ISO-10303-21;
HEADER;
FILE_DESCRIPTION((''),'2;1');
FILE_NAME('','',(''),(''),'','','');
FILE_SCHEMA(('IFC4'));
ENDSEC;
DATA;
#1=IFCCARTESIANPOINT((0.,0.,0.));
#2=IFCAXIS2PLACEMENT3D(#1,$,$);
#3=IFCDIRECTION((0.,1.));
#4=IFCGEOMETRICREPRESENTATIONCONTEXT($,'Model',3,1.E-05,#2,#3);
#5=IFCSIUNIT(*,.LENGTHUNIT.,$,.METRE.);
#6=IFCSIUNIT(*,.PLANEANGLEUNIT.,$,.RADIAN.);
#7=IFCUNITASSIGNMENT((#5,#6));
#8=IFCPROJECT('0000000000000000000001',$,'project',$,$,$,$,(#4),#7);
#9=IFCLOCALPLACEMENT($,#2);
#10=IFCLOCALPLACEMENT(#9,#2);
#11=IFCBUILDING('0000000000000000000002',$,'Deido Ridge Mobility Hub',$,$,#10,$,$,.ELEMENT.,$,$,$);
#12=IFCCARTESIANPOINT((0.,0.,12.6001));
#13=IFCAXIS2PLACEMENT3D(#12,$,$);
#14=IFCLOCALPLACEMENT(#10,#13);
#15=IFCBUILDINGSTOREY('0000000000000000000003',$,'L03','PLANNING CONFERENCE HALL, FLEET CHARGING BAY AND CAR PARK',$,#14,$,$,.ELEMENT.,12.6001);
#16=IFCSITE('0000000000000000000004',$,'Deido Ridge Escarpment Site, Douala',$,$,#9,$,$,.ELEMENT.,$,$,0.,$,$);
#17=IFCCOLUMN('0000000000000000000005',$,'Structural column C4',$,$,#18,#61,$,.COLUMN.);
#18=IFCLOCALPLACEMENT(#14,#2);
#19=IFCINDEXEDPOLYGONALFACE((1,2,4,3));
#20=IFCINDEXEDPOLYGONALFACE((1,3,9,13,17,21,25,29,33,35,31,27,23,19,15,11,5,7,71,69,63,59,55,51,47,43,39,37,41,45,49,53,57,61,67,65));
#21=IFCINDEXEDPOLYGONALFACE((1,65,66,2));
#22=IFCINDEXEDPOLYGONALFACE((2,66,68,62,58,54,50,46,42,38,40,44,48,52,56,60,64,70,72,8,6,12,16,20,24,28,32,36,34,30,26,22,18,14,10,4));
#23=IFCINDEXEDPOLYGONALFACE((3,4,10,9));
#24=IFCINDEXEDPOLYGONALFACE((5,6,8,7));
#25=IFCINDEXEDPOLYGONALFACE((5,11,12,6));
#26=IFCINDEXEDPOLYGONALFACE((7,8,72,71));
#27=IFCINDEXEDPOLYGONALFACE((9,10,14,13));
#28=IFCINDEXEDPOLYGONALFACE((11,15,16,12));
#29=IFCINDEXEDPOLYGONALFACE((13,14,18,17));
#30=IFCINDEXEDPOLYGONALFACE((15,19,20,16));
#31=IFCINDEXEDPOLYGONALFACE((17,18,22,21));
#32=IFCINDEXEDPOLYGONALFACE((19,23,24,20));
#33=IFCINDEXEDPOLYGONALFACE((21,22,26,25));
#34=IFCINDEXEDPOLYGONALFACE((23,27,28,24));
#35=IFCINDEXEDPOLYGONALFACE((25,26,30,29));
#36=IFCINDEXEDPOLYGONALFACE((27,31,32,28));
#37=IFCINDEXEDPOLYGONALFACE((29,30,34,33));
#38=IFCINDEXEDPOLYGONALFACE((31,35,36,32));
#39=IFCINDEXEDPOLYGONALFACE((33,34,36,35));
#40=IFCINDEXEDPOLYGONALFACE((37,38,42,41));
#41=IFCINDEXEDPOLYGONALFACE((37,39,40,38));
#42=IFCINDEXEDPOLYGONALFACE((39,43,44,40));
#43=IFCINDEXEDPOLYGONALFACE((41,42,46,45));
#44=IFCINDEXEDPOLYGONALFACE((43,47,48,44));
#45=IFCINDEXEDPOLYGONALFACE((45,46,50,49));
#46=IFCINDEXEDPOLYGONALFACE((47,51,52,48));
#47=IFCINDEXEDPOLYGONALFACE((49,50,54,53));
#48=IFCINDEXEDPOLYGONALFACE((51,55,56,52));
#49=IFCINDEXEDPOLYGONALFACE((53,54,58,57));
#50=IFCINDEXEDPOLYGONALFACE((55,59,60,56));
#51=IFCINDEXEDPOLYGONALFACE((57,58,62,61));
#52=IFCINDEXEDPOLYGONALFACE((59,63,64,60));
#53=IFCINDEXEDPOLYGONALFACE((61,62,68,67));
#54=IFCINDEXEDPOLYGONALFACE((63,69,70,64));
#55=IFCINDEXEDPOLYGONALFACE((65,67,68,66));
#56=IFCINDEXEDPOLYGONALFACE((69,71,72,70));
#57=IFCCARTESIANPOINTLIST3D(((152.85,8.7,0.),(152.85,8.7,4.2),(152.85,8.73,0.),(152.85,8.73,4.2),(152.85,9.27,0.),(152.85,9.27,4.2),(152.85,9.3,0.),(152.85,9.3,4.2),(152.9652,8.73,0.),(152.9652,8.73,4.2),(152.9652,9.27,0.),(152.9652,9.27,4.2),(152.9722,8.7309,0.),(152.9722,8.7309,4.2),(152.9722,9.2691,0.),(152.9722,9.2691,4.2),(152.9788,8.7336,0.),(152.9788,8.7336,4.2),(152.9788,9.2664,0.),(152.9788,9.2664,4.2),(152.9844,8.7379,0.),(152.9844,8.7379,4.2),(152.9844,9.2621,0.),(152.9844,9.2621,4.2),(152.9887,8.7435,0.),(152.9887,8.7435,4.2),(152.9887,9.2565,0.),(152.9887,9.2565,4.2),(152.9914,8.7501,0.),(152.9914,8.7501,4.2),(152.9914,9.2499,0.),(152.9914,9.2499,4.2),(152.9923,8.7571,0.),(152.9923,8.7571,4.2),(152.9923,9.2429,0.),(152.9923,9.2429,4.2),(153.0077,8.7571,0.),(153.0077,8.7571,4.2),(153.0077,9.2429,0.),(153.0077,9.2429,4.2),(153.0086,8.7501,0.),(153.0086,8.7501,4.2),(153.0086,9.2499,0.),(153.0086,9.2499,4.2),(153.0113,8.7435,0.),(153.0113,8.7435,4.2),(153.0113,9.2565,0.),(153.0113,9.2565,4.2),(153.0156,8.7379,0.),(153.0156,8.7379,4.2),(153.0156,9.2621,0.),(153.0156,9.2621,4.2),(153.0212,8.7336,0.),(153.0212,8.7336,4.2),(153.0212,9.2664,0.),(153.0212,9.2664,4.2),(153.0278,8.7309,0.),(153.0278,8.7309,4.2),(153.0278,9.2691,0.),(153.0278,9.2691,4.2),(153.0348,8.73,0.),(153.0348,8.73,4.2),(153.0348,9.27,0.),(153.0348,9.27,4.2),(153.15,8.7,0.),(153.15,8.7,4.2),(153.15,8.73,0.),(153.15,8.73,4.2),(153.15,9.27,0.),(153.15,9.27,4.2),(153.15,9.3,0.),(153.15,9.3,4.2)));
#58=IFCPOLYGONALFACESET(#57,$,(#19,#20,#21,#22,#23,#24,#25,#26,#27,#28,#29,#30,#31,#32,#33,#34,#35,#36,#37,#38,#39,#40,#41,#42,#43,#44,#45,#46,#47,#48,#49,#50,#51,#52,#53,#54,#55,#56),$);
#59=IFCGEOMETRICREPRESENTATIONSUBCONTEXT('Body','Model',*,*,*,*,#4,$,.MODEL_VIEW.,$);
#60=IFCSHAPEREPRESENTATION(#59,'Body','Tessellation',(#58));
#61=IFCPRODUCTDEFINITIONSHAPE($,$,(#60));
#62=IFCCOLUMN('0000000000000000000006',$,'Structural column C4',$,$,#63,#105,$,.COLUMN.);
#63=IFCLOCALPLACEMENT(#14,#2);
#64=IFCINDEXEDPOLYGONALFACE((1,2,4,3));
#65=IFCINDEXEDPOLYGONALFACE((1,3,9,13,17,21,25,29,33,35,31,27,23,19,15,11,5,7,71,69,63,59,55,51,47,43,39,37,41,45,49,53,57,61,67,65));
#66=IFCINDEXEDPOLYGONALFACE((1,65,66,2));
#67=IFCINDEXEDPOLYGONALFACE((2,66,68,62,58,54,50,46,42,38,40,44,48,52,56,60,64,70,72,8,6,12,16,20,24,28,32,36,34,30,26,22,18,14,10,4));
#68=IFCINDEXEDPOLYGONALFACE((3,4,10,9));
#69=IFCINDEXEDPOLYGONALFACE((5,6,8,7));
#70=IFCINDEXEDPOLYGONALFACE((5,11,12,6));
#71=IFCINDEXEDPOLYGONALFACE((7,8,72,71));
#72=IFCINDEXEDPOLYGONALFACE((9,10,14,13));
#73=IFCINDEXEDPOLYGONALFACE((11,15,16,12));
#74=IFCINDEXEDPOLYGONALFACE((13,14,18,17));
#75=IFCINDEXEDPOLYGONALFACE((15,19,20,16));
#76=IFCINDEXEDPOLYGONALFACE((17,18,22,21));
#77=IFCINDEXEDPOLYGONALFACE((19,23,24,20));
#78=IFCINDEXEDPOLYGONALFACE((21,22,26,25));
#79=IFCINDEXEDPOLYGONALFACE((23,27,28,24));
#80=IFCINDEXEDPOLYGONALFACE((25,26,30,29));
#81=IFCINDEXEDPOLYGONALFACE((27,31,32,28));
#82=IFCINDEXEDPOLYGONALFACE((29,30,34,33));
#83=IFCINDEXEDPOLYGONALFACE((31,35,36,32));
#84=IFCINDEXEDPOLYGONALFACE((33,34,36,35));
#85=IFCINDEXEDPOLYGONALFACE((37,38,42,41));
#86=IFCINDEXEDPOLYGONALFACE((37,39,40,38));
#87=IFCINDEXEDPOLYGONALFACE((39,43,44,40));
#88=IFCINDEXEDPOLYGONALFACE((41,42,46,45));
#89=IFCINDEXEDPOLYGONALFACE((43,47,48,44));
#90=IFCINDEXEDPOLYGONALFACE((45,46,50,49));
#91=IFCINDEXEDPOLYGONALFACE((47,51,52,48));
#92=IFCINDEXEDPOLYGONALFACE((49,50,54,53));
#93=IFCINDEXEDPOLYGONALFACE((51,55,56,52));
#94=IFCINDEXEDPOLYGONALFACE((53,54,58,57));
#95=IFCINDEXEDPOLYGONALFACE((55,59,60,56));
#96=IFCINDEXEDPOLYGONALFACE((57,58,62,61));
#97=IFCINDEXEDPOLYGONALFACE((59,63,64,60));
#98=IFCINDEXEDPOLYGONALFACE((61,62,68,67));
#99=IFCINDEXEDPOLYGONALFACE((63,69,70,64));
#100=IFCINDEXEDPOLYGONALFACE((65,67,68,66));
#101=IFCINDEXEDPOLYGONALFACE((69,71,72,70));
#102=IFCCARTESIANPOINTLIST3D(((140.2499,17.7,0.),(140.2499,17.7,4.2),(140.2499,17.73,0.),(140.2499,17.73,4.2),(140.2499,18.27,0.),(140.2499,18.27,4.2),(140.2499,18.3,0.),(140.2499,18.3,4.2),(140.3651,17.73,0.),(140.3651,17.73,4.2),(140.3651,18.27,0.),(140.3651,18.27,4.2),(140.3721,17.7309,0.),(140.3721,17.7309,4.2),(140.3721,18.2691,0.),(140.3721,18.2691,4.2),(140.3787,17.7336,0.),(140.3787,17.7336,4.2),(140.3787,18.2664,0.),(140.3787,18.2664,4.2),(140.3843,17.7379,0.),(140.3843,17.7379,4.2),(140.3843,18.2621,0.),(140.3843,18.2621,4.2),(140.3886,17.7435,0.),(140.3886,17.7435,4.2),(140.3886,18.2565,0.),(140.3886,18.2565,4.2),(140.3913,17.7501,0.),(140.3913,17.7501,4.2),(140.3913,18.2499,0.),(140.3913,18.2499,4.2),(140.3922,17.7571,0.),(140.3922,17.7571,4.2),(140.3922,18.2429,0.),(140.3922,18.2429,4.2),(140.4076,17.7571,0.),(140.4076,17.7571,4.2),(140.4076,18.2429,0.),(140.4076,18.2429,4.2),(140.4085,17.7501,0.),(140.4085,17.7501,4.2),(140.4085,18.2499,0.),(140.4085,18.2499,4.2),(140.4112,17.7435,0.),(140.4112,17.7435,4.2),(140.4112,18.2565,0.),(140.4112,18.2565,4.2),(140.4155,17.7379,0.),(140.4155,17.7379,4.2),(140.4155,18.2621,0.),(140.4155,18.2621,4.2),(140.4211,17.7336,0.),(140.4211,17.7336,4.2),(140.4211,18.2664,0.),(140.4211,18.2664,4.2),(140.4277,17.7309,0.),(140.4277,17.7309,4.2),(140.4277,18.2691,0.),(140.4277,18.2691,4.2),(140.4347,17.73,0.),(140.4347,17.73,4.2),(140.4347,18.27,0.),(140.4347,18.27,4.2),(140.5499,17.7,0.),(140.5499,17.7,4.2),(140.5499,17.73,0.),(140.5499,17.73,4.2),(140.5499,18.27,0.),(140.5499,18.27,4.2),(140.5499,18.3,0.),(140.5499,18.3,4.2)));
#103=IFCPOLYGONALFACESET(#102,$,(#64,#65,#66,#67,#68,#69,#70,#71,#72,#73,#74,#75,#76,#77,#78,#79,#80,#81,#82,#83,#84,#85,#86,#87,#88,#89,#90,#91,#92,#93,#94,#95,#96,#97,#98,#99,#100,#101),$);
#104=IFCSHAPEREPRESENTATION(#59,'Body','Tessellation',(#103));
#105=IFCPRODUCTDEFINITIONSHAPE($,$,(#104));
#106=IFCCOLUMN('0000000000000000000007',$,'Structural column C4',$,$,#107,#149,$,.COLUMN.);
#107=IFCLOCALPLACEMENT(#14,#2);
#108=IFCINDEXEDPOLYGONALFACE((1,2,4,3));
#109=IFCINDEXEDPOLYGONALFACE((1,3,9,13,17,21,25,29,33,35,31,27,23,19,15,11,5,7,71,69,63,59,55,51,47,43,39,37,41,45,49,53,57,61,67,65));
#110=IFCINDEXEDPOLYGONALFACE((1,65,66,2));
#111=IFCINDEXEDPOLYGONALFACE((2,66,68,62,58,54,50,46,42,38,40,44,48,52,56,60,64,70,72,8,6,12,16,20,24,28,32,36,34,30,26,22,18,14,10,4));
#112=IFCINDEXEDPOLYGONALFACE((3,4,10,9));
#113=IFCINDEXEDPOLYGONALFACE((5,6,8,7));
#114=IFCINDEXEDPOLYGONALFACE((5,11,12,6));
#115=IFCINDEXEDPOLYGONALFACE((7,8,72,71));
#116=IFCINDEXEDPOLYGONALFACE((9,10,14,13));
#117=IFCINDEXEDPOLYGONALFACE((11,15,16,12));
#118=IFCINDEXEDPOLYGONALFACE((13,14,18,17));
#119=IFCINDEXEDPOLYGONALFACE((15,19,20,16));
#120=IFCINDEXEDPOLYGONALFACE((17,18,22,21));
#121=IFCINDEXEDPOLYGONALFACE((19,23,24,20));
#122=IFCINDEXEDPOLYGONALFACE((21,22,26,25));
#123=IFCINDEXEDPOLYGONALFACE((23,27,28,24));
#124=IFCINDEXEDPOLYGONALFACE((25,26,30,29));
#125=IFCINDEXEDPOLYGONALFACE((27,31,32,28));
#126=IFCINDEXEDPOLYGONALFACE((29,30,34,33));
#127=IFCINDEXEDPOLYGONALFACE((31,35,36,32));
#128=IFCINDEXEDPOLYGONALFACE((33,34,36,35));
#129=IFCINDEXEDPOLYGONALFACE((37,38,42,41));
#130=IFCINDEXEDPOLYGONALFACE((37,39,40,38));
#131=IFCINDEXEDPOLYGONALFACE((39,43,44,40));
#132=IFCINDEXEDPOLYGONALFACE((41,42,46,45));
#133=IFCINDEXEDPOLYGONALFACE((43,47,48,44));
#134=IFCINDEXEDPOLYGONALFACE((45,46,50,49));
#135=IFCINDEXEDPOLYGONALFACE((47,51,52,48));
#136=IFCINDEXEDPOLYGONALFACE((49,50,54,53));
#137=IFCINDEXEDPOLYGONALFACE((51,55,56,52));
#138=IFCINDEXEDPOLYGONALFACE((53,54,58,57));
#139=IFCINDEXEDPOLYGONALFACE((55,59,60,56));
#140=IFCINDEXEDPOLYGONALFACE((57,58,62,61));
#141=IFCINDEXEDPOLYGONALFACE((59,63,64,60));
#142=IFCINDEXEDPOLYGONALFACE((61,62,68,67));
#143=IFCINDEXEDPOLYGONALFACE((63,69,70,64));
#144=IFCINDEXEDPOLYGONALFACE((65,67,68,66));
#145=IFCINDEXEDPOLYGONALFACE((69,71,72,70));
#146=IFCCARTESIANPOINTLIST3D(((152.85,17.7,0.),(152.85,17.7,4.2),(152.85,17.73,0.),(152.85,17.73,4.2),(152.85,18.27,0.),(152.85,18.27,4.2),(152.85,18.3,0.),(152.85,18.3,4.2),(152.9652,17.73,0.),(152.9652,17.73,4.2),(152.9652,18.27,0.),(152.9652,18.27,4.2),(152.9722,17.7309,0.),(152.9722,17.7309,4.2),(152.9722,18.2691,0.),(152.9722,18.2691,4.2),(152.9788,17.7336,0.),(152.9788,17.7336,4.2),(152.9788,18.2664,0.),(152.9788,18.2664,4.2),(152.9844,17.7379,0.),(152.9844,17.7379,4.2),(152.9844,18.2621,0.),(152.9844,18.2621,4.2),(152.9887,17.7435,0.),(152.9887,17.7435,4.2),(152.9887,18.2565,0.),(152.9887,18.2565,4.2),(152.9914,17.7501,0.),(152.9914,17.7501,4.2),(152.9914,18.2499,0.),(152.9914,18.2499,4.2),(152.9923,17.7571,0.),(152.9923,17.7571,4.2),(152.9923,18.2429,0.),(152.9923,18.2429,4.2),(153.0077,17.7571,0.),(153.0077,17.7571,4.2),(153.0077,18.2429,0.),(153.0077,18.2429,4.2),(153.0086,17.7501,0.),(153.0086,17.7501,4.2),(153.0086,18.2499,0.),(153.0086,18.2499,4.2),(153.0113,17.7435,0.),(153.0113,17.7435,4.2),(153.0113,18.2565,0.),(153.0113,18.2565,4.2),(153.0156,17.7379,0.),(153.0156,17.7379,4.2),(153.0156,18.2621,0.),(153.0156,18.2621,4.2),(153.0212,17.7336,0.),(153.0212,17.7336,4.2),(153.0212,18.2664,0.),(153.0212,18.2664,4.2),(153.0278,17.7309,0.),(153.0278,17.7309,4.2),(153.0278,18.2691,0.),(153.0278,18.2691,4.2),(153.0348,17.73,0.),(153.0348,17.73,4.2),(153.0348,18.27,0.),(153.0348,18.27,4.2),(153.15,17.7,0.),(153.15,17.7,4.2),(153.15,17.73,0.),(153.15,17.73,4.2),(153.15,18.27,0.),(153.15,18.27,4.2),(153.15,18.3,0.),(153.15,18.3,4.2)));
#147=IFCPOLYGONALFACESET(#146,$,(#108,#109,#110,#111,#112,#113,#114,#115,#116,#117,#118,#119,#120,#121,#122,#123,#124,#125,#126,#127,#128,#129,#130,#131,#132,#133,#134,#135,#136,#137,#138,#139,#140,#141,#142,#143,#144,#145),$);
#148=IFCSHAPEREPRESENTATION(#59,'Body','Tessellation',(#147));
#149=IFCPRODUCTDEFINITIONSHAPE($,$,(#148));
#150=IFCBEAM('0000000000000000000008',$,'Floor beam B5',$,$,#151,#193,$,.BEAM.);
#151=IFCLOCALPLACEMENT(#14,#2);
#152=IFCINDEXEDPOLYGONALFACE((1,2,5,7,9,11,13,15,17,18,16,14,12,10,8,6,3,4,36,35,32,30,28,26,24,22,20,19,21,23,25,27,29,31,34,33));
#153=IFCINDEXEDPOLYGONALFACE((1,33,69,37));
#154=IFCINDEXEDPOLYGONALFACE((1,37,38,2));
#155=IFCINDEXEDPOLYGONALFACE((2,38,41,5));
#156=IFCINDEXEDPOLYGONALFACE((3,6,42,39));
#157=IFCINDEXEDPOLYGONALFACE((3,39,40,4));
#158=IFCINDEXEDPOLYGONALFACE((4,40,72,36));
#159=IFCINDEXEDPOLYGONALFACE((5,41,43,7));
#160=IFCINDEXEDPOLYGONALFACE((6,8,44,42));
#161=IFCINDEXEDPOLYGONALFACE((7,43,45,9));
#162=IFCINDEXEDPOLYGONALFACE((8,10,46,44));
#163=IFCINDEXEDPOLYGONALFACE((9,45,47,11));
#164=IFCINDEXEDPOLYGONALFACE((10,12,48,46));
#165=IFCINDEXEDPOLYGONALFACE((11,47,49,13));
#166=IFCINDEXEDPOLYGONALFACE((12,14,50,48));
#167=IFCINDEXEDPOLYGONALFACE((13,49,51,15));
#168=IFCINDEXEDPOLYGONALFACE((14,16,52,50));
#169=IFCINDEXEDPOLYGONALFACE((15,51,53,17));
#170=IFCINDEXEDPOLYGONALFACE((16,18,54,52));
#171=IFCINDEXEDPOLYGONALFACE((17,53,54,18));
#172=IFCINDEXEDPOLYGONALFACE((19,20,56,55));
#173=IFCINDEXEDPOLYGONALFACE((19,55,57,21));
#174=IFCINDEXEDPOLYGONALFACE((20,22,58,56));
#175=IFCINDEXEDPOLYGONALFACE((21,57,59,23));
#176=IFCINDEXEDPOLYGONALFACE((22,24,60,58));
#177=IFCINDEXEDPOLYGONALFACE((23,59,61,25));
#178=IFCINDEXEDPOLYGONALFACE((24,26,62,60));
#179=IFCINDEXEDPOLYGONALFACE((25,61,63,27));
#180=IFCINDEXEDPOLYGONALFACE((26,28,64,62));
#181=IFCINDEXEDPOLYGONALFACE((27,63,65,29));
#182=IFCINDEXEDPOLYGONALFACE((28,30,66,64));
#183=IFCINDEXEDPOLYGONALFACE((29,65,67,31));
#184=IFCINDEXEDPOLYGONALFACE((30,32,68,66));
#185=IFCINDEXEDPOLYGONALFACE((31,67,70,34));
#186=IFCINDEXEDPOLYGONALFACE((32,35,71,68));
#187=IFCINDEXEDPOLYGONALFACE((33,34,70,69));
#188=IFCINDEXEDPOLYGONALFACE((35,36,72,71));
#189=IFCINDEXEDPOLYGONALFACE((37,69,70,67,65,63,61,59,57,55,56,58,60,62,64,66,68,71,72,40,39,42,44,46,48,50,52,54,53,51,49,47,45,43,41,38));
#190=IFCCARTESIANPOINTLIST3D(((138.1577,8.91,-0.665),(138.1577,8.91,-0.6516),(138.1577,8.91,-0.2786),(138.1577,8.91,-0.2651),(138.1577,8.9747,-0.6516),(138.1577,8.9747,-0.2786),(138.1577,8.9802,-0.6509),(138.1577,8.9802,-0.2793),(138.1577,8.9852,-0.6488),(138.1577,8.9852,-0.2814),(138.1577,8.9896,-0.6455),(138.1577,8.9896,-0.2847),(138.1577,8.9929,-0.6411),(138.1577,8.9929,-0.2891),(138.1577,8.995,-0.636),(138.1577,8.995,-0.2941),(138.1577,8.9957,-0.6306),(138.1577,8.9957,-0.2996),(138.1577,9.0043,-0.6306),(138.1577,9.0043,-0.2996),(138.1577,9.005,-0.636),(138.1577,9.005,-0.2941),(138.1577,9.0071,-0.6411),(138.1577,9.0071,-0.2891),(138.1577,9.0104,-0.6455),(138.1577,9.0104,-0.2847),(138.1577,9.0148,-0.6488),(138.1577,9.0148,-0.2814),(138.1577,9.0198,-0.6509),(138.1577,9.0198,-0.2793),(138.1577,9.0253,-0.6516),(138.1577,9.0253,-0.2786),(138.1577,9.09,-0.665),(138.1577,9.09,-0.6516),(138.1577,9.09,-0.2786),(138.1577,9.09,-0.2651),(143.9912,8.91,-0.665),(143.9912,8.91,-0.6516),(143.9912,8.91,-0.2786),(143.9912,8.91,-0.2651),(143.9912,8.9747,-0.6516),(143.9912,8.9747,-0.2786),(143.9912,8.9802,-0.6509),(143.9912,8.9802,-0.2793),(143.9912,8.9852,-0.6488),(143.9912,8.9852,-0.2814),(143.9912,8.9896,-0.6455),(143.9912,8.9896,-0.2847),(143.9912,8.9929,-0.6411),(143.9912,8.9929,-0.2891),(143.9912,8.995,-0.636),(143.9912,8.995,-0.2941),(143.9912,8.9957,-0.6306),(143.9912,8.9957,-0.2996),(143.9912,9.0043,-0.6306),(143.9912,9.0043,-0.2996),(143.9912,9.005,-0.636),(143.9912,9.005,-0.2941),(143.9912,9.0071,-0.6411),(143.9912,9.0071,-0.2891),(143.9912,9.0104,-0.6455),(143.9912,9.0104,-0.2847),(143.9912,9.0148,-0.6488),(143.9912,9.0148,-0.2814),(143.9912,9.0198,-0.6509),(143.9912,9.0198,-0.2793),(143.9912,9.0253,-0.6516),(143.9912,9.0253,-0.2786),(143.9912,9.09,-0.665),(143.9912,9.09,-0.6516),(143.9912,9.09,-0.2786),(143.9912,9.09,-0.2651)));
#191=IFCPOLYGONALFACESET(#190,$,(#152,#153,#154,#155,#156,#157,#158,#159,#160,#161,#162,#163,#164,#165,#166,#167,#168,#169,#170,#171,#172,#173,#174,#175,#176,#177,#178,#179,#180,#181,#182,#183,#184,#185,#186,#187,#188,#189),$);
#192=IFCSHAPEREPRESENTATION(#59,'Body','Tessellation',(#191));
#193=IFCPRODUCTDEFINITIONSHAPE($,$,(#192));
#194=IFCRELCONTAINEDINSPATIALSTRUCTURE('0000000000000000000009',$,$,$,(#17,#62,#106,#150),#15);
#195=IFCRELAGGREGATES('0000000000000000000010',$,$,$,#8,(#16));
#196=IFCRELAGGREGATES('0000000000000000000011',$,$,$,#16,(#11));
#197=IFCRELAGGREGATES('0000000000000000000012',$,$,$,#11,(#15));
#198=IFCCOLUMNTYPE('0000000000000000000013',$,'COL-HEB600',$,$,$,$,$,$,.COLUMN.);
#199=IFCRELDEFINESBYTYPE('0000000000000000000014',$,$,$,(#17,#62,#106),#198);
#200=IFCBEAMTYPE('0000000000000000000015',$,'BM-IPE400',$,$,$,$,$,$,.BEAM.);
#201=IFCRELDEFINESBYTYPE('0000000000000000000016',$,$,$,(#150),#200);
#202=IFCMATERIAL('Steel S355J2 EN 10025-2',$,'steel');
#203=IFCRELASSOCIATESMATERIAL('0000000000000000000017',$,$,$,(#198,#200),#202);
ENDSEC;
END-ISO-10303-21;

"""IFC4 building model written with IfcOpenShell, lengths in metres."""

from ifc_helpers import new_model, si_unit, direction, frame, origin, origin_2d, place, context, subcontext, project, spatial, i_section, extrude, material, material_profile, profile_set, type_object, element, save


model = new_model("IFC4")

# Units and contexts
model_context = context("Model", 3, precision=1e-05, world=origin(), true_north=direction((0.0, 1.0)))
body_context = subcontext(model_context, "Body", "Model", "MODEL_VIEW")
ifc_project = project(units=[si_unit("LENGTHUNIT", "METRE"), si_unit("PLANEANGLEUNIT", "RADIAN")], contexts=[model_context])

# Site, building, storey
site_placement = place(None, origin())
site = spatial("IfcSite", under=ifc_project, at=site_placement, Name="Deido Ridge Escarpment Site, Douala", CompositionType="ELEMENT", RefElevation=0.0)
building_placement = place(site_placement, origin())
building = spatial("IfcBuilding", under=site, at=building_placement, Name="Deido Ridge Mobility Hub", CompositionType="ELEMENT")
storey_placement = place(building_placement, frame((0.0, 0.0, 12.6001)))
storey = spatial("IfcBuildingStorey", under=building, at=storey_placement, Name="L03", Description="PLANNING CONFERENCE HALL, FLEET CHARGING BAY AND CAR PARK", CompositionType="ELEMENT", Elevation=12.6001)

# Columns
ifc_material_1 = material(Name="Steel S355J2 EN 10025-2", Category="steel")
ifc_material_profile_1 = material_profile(ifc_material_1, i_section(OverallWidth=0.3, OverallDepth=0.6001, WebThickness=0.0154, FlangeThickness=0.03, FilletRadius=0.0271, at=origin_2d()), Name="HEB 600")
ifc_profile_set_1 = profile_set([ifc_material_profile_1], Name="Steel S355J2 EN 10025-2")
column_type_1 = type_object("IfcColumnType", Name="COL-HEB600", PredefinedType="COLUMN", material=ifc_profile_set_1)
for number, where, z_axis, x_axis, name in (
    (1, (153.0, 9.0, 0.0), (0.0, 0.0, 1.0), (1.0, 0.0, 0.0), "Structural column C4"),
    (2, (140.3999, 18.0, 0.0), (0.0, 0.0, 1.0), (1.0, 0.0, 0.0), "Structural column C4"),
    (3, (153.0, 18.0, 0.0), (0.0, 0.0, 1.0), (1.0, 0.0, 0.0), "Structural column C4"),
):
    element("IfcColumn", number, at=place(storey_placement, frame(where, z_axis=z_axis, x_axis=x_axis)), inside=storey, type_object=column_type_1, Name=name, PredefinedType="COLUMN", context=body_context, shape_type="SweptSolid", body=[
        extrude(i_section(OverallWidth=0.3, OverallDepth=0.6001, WebThickness=0.0154, FlangeThickness=0.03, FilletRadius=0.0271, at=origin_2d()), origin(), (0.0, 0.0, 1.0), 4.2),
    ])

# Beam
ifc_material_profile_2 = material_profile(ifc_material_1, i_section(OverallWidth=0.1799, OverallDepth=0.3999, WebThickness=0.0085, FlangeThickness=0.0134, FilletRadius=0.021, at=origin_2d()), Name="IPE 400")
ifc_profile_set_2 = profile_set([ifc_material_profile_2], Name="Steel S355J2 EN 10025-2")
beam_type_1 = type_object("IfcBeamType", Name="BM-IPE400", PredefinedType="BEAM", material=ifc_profile_set_2)
beam_1_placement = place(storey_placement, frame((138.1577, 9.0, -0.4651), z_axis=(1.0, 0.0, 0.0), x_axis=(0.0, 1.0, 0.0)))
element("IfcBeam", 4, at=beam_1_placement, inside=storey, type_object=beam_type_1, Name="Floor beam B5", PredefinedType="BEAM", context=body_context, shape_type="SweptSolid", body=[
    extrude(i_section(OverallWidth=0.1799, OverallDepth=0.3999, WebThickness=0.0085, FlangeThickness=0.0134, FilletRadius=0.021, at=origin_2d()), origin(), (0.0, 0.0, 1.0), 5.8335),
])

save(model, "model.ifc")
